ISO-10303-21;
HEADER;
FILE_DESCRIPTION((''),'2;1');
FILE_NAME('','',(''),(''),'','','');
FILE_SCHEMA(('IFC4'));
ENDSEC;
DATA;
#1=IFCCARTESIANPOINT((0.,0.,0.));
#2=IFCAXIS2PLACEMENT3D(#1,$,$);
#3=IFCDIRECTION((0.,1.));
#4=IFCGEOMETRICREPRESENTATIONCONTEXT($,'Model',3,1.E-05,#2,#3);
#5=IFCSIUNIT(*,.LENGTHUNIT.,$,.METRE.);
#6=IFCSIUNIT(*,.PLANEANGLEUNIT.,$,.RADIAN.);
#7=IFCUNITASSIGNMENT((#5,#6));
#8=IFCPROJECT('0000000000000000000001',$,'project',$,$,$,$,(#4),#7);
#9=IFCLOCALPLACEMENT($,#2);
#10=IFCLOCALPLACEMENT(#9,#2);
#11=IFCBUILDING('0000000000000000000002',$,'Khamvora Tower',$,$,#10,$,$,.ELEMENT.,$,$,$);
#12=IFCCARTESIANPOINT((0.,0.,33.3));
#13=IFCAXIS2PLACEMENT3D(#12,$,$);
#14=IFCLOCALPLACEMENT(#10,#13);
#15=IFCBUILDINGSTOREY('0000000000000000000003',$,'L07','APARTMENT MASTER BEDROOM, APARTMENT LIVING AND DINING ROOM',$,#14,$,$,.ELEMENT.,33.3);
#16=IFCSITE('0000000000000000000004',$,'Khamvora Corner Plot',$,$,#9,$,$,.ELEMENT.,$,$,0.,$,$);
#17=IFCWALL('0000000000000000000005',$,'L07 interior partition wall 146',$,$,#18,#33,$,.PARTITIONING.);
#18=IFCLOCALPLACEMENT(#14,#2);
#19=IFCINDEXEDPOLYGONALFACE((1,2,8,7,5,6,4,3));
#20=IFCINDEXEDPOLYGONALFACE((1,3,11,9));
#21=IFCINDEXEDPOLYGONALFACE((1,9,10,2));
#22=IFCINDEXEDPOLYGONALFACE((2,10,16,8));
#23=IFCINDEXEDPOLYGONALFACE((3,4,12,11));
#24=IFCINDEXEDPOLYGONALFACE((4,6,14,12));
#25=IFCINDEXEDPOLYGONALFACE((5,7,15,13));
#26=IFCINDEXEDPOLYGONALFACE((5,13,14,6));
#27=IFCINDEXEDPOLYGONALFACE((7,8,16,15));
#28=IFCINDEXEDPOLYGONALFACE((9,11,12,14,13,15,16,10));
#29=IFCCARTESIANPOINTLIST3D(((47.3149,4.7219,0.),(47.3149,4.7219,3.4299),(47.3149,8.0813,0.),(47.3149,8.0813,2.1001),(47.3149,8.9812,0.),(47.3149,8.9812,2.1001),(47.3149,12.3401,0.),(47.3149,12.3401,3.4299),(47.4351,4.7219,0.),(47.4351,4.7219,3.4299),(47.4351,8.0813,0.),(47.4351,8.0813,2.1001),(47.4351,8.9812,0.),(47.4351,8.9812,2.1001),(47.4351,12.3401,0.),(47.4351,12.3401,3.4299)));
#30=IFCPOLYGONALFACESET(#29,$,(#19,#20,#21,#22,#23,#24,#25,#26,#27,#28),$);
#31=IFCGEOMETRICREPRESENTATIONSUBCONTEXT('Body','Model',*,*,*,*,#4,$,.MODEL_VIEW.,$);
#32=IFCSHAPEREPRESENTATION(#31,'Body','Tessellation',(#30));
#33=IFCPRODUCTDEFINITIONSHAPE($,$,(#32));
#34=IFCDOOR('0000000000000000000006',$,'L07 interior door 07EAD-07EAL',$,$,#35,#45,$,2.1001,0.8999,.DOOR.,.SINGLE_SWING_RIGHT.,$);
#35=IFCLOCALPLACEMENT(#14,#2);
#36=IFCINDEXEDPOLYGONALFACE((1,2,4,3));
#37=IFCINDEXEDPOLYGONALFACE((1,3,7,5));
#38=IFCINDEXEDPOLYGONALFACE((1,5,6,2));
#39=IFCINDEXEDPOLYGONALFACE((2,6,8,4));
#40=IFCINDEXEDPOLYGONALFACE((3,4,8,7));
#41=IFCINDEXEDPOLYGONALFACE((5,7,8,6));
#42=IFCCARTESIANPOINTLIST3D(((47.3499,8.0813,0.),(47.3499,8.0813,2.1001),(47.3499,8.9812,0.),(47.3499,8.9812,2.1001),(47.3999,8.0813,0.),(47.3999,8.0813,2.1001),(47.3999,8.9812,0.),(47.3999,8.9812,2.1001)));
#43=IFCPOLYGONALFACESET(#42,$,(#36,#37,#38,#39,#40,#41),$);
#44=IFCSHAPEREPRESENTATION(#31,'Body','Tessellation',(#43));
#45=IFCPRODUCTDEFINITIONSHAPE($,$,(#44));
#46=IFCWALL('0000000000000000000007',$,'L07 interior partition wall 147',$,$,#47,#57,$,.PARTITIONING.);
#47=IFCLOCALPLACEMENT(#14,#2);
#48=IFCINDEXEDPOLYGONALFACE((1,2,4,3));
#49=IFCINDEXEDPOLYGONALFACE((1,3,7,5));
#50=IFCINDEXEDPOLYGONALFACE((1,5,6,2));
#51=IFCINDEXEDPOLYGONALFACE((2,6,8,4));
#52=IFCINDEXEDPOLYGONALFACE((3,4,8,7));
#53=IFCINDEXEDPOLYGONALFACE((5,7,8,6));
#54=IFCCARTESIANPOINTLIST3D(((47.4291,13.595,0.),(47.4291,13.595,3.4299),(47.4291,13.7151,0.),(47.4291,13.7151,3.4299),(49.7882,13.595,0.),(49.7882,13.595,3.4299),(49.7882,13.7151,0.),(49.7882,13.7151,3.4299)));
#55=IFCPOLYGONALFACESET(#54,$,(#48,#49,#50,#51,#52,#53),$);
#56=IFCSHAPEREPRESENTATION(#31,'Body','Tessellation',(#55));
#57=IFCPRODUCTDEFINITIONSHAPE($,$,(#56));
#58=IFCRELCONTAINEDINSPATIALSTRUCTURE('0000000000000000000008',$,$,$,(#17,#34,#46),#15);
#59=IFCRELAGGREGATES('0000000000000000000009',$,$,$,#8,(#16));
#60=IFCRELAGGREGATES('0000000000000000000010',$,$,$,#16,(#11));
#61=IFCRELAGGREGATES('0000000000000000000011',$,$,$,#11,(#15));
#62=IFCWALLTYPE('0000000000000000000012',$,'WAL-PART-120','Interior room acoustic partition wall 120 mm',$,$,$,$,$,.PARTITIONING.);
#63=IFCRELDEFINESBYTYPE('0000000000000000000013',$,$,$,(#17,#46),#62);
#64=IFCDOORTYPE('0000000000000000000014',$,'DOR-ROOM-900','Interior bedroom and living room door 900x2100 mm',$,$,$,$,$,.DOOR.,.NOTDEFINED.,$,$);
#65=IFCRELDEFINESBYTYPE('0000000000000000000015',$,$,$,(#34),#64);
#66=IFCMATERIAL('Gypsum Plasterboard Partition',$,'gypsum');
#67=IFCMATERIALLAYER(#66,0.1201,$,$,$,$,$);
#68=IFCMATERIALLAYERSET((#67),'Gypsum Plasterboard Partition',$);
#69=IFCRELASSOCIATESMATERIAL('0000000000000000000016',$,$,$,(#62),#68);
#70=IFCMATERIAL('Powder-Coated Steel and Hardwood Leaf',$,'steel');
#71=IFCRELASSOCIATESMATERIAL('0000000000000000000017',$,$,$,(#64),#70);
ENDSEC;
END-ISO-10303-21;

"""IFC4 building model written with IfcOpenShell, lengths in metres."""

from ifc_helpers import new_model, si_unit, direction, frame, frame_2d, origin, place, context, subcontext, project, spatial, rectangle, extrude, material, layer, layer_set, type_object, element, fill, save


model = new_model("IFC4")

# Units and contexts
model_context = context("Model", 3, precision=1e-05, world=origin(), true_north=direction((0.0, 1.0)))
body_context = subcontext(model_context, "Body", "Model", "MODEL_VIEW")
ifc_project = project(units=[si_unit("LENGTHUNIT", "METRE"), si_unit("PLANEANGLEUNIT", "RADIAN")], contexts=[model_context])

# Site, building, storey
site_placement = place(None, origin())
site = spatial("IfcSite", under=ifc_project, at=site_placement, Name="Khamvora Corner Plot", CompositionType="ELEMENT", RefElevation=0.0)
building_placement = place(site_placement, origin())
building = spatial("IfcBuilding", under=site, at=building_placement, Name="Khamvora Tower", CompositionType="ELEMENT")
storey_placement = place(building_placement, frame((0.0, 0.0, 33.3)))
storey = spatial("IfcBuildingStorey", under=building, at=storey_placement, Name="L07", Description="APARTMENT MASTER BEDROOM, APARTMENT LIVING AND DINING ROOM", CompositionType="ELEMENT", Elevation=33.3)

# Shared definitions
ifc_material_1 = material(Name="Gypsum Plasterboard Partition", Category="gypsum")
ifc_layer_1 = layer(ifc_material_1, 0.1201)
ifc_layer_set_1 = layer_set([ifc_layer_1], Name="Gypsum Plasterboard Partition")
wall_type_1 = type_object("IfcWallType", Name="WAL-PART-120", Description="Interior room acoustic partition wall 120 mm", PredefinedType="PARTITIONING", material=ifc_layer_set_1)
ifc_material_2 = material(Name="Powder-Coated Steel and Hardwood Leaf", Category="steel")
door_type_1 = type_object("IfcDoorType", Name="DOR-ROOM-900", Description="Interior bedroom and living room door 900x2100 mm", OperationType="NOTDEFINED", PredefinedType="DOOR", material=ifc_material_2)

# Wall, opening, door
wall_1_placement = place(storey_placement, frame((47.375, 12.3401, 0.0), z_axis=(0.0, 0.0, 1.0), x_axis=(0.0, -1.0, 0.0)))
wall_1 = element("IfcWall", 1, at=wall_1_placement, inside=storey, type_object=wall_type_1, Name="L07 interior partition wall 146", PredefinedType="PARTITIONING", context=body_context, shape_type="SweptSolid", body=[
    extrude(rectangle(XDim=7.6182, YDim=0.1201, at=frame_2d((3.8091, 0.0))), origin(), (0.0, 0.0, 1.0), 3.4299),
])
opening_1_placement = place(wall_1_placement, frame((3.3589, 0.0, 0.0)))
opening_1 = element("IfcOpeningElement", 2, at=opening_1_placement, cuts=wall_1, PredefinedType="OPENING", context=body_context, shape_type="SweptSolid", body=[
    extrude(rectangle(XDim=0.8999, YDim=2.1001, at=frame_2d((0.45, 1.05))), frame((0.0, 0.0701, 0.0), z_axis=(0.0, -1.0, 0.0), x_axis=(1.0, 0.0, 0.0)), (0.0, 0.0, 1.0), 0.1401),
])
door_1_placement = place(opening_1_placement, origin())
door_1 = element("IfcDoor", 3, at=door_1_placement, inside=storey, type_object=door_type_1, Name="L07 interior door 07EAD-07EAL", OperationType="SINGLE_SWING_RIGHT", OverallHeight=2.1001, OverallWidth=0.8999, PredefinedType="DOOR", context=body_context, shape_type="SweptSolid", body=[
    extrude(rectangle(XDim=0.8999, YDim=2.1001, at=frame_2d((0.45, 1.05))), frame((0.0, 0.0249, 0.0), z_axis=(0.0, -1.0, 0.0), x_axis=(1.0, 0.0, 0.0)), (0.0, 0.0, 1.0), 0.05),
])
fill(opening_1, door_1)

# Wall
wall_2_placement = place(storey_placement, frame((47.429, 13.655, 0.0), z_axis=(0.0, 0.0, 1.0), x_axis=(1.0, 0.0, 0.0)))
element("IfcWall", 4, at=wall_2_placement, inside=storey, type_object=wall_type_1, Name="L07 interior partition wall 147", PredefinedType="PARTITIONING", context=body_context, shape_type="SweptSolid", body=[
    extrude(rectangle(XDim=2.3591, YDim=0.1201, at=frame_2d((1.1797, 0.0))), origin(), (0.0, 0.0, 1.0), 3.4299),
])

save(model, "model.ifc")
